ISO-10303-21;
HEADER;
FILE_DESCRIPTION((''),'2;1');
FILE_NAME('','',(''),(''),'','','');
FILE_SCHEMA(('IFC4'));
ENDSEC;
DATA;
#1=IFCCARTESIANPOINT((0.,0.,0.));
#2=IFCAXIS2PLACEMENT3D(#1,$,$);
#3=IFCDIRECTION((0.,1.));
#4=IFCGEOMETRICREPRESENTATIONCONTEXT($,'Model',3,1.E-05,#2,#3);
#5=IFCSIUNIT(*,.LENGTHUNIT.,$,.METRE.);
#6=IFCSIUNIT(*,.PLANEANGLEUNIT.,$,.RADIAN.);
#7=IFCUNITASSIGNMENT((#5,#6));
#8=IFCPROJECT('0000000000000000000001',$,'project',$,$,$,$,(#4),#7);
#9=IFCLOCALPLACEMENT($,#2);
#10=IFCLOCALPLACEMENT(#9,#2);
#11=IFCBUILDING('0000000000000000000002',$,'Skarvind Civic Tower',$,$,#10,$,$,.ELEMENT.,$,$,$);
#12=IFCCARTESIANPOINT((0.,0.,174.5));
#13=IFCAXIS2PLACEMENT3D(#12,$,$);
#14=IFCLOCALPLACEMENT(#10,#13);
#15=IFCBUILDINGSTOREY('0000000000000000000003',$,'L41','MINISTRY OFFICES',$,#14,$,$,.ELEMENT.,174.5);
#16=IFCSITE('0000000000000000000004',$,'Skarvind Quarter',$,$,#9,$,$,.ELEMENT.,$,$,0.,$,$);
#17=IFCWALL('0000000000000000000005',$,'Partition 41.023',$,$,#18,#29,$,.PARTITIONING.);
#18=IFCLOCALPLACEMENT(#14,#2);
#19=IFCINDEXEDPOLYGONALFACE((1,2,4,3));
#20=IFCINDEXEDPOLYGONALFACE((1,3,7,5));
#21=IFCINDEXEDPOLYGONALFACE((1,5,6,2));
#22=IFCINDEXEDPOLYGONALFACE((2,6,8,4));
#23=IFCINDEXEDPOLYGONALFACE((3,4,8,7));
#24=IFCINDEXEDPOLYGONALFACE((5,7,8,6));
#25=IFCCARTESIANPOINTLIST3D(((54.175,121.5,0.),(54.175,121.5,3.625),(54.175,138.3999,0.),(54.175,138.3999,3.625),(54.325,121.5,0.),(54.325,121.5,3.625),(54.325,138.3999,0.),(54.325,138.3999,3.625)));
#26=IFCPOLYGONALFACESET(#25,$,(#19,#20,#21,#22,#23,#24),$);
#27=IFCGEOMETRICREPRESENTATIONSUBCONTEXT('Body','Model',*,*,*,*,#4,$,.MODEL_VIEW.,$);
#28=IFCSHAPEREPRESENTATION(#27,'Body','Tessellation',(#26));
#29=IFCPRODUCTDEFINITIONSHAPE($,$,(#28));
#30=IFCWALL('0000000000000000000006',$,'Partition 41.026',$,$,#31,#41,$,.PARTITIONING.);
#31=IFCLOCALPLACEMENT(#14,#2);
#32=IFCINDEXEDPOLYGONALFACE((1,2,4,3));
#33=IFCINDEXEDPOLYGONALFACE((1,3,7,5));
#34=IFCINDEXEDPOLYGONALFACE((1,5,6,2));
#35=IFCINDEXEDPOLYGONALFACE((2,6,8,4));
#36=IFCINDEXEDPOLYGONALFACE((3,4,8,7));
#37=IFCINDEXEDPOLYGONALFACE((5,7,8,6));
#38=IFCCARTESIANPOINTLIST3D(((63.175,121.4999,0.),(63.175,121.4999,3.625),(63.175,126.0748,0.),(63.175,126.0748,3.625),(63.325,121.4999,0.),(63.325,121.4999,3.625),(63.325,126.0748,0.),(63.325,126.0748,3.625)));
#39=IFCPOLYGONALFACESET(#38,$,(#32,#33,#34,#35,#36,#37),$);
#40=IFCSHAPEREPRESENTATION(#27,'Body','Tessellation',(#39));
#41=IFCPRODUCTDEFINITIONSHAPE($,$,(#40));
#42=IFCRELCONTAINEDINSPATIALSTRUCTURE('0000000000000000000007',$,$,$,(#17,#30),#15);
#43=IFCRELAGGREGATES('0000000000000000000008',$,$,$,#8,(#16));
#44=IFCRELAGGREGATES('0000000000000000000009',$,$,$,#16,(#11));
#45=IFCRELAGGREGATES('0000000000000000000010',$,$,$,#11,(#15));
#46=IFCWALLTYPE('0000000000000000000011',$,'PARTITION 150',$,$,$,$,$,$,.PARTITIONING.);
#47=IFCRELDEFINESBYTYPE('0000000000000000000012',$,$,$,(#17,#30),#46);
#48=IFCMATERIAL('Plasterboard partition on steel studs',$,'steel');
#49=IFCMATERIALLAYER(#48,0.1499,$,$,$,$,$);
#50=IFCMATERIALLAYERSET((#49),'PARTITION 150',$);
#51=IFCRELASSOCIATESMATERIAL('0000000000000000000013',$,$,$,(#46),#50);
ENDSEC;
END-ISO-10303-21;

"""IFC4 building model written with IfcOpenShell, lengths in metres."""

from ifc_helpers import new_model, si_unit, direction, frame, frame_2d, origin, place, context, subcontext, project, spatial, rectangle, extrude, material, layer, layer_set, type_object, element, save


model = new_model("IFC4")

# Units and contexts
model_context = context("Model", 3, precision=1e-05, world=origin(), true_north=direction((0.0, 1.0)))
body_context = subcontext(model_context, "Body", "Model", "MODEL_VIEW")
ifc_project = project(units=[si_unit("LENGTHUNIT", "METRE"), si_unit("PLANEANGLEUNIT", "RADIAN")], contexts=[model_context])

# Site, building, storey
site_placement = place(None, origin())
site = spatial("IfcSite", under=ifc_project, at=site_placement, Name="Skarvind Quarter", CompositionType="ELEMENT", RefElevation=0.0)
building_placement = place(site_placement, origin())
building = spatial("IfcBuilding", under=site, at=building_placement, Name="Skarvind Civic Tower", CompositionType="ELEMENT")
storey_placement = place(building_placement, frame((0.0, 0.0, 174.5)))
storey = spatial("IfcBuildingStorey", under=building, at=storey_placement, Name="L41", Description="MINISTRY OFFICES", CompositionType="ELEMENT", Elevation=174.5)

# Walls
ifc_material_1 = material(Name="Plasterboard partition on steel studs", Category="steel")
ifc_layer_1 = layer(ifc_material_1, 0.1499)
ifc_layer_set_1 = layer_set([ifc_layer_1], Name="PARTITION 150")
wall_type_1 = type_object("IfcWallType", Name="PARTITION 150", PredefinedType="PARTITIONING", material=ifc_layer_set_1)
wall_1_placement = place(storey_placement, frame((54.25, 121.5, 0.0), z_axis=(0.0, 0.0, 1.0), x_axis=(0.0, 1.0, 0.0)))
element("IfcWall", 1, at=wall_1_placement, inside=storey, type_object=wall_type_1, Name="Partition 41.023", PredefinedType="PARTITIONING", context=body_context, shape_type="SweptSolid", body=[
    extrude(rectangle(XDim=16.8999, YDim=0.1499, at=frame_2d((8.45, 0.0))), origin(), (0.0, 0.0, 1.0), 3.625),
])
wall_2_placement = place(storey_placement, frame((63.25, 126.075, 0.0), z_axis=(0.0, 0.0, 1.0), x_axis=(0.0, -1.0, 0.0)))
element("IfcWall", 2, at=wall_2_placement, inside=storey, type_object=wall_type_1, Name="Partition 41.026", PredefinedType="PARTITIONING", context=body_context, shape_type="SweptSolid", body=[
    extrude(rectangle(XDim=4.575, YDim=0.1499, at=frame_2d((2.2876, 0.0))), origin(), (0.0, 0.0, 1.0), 3.625),
])

save(model, "model.ifc")
